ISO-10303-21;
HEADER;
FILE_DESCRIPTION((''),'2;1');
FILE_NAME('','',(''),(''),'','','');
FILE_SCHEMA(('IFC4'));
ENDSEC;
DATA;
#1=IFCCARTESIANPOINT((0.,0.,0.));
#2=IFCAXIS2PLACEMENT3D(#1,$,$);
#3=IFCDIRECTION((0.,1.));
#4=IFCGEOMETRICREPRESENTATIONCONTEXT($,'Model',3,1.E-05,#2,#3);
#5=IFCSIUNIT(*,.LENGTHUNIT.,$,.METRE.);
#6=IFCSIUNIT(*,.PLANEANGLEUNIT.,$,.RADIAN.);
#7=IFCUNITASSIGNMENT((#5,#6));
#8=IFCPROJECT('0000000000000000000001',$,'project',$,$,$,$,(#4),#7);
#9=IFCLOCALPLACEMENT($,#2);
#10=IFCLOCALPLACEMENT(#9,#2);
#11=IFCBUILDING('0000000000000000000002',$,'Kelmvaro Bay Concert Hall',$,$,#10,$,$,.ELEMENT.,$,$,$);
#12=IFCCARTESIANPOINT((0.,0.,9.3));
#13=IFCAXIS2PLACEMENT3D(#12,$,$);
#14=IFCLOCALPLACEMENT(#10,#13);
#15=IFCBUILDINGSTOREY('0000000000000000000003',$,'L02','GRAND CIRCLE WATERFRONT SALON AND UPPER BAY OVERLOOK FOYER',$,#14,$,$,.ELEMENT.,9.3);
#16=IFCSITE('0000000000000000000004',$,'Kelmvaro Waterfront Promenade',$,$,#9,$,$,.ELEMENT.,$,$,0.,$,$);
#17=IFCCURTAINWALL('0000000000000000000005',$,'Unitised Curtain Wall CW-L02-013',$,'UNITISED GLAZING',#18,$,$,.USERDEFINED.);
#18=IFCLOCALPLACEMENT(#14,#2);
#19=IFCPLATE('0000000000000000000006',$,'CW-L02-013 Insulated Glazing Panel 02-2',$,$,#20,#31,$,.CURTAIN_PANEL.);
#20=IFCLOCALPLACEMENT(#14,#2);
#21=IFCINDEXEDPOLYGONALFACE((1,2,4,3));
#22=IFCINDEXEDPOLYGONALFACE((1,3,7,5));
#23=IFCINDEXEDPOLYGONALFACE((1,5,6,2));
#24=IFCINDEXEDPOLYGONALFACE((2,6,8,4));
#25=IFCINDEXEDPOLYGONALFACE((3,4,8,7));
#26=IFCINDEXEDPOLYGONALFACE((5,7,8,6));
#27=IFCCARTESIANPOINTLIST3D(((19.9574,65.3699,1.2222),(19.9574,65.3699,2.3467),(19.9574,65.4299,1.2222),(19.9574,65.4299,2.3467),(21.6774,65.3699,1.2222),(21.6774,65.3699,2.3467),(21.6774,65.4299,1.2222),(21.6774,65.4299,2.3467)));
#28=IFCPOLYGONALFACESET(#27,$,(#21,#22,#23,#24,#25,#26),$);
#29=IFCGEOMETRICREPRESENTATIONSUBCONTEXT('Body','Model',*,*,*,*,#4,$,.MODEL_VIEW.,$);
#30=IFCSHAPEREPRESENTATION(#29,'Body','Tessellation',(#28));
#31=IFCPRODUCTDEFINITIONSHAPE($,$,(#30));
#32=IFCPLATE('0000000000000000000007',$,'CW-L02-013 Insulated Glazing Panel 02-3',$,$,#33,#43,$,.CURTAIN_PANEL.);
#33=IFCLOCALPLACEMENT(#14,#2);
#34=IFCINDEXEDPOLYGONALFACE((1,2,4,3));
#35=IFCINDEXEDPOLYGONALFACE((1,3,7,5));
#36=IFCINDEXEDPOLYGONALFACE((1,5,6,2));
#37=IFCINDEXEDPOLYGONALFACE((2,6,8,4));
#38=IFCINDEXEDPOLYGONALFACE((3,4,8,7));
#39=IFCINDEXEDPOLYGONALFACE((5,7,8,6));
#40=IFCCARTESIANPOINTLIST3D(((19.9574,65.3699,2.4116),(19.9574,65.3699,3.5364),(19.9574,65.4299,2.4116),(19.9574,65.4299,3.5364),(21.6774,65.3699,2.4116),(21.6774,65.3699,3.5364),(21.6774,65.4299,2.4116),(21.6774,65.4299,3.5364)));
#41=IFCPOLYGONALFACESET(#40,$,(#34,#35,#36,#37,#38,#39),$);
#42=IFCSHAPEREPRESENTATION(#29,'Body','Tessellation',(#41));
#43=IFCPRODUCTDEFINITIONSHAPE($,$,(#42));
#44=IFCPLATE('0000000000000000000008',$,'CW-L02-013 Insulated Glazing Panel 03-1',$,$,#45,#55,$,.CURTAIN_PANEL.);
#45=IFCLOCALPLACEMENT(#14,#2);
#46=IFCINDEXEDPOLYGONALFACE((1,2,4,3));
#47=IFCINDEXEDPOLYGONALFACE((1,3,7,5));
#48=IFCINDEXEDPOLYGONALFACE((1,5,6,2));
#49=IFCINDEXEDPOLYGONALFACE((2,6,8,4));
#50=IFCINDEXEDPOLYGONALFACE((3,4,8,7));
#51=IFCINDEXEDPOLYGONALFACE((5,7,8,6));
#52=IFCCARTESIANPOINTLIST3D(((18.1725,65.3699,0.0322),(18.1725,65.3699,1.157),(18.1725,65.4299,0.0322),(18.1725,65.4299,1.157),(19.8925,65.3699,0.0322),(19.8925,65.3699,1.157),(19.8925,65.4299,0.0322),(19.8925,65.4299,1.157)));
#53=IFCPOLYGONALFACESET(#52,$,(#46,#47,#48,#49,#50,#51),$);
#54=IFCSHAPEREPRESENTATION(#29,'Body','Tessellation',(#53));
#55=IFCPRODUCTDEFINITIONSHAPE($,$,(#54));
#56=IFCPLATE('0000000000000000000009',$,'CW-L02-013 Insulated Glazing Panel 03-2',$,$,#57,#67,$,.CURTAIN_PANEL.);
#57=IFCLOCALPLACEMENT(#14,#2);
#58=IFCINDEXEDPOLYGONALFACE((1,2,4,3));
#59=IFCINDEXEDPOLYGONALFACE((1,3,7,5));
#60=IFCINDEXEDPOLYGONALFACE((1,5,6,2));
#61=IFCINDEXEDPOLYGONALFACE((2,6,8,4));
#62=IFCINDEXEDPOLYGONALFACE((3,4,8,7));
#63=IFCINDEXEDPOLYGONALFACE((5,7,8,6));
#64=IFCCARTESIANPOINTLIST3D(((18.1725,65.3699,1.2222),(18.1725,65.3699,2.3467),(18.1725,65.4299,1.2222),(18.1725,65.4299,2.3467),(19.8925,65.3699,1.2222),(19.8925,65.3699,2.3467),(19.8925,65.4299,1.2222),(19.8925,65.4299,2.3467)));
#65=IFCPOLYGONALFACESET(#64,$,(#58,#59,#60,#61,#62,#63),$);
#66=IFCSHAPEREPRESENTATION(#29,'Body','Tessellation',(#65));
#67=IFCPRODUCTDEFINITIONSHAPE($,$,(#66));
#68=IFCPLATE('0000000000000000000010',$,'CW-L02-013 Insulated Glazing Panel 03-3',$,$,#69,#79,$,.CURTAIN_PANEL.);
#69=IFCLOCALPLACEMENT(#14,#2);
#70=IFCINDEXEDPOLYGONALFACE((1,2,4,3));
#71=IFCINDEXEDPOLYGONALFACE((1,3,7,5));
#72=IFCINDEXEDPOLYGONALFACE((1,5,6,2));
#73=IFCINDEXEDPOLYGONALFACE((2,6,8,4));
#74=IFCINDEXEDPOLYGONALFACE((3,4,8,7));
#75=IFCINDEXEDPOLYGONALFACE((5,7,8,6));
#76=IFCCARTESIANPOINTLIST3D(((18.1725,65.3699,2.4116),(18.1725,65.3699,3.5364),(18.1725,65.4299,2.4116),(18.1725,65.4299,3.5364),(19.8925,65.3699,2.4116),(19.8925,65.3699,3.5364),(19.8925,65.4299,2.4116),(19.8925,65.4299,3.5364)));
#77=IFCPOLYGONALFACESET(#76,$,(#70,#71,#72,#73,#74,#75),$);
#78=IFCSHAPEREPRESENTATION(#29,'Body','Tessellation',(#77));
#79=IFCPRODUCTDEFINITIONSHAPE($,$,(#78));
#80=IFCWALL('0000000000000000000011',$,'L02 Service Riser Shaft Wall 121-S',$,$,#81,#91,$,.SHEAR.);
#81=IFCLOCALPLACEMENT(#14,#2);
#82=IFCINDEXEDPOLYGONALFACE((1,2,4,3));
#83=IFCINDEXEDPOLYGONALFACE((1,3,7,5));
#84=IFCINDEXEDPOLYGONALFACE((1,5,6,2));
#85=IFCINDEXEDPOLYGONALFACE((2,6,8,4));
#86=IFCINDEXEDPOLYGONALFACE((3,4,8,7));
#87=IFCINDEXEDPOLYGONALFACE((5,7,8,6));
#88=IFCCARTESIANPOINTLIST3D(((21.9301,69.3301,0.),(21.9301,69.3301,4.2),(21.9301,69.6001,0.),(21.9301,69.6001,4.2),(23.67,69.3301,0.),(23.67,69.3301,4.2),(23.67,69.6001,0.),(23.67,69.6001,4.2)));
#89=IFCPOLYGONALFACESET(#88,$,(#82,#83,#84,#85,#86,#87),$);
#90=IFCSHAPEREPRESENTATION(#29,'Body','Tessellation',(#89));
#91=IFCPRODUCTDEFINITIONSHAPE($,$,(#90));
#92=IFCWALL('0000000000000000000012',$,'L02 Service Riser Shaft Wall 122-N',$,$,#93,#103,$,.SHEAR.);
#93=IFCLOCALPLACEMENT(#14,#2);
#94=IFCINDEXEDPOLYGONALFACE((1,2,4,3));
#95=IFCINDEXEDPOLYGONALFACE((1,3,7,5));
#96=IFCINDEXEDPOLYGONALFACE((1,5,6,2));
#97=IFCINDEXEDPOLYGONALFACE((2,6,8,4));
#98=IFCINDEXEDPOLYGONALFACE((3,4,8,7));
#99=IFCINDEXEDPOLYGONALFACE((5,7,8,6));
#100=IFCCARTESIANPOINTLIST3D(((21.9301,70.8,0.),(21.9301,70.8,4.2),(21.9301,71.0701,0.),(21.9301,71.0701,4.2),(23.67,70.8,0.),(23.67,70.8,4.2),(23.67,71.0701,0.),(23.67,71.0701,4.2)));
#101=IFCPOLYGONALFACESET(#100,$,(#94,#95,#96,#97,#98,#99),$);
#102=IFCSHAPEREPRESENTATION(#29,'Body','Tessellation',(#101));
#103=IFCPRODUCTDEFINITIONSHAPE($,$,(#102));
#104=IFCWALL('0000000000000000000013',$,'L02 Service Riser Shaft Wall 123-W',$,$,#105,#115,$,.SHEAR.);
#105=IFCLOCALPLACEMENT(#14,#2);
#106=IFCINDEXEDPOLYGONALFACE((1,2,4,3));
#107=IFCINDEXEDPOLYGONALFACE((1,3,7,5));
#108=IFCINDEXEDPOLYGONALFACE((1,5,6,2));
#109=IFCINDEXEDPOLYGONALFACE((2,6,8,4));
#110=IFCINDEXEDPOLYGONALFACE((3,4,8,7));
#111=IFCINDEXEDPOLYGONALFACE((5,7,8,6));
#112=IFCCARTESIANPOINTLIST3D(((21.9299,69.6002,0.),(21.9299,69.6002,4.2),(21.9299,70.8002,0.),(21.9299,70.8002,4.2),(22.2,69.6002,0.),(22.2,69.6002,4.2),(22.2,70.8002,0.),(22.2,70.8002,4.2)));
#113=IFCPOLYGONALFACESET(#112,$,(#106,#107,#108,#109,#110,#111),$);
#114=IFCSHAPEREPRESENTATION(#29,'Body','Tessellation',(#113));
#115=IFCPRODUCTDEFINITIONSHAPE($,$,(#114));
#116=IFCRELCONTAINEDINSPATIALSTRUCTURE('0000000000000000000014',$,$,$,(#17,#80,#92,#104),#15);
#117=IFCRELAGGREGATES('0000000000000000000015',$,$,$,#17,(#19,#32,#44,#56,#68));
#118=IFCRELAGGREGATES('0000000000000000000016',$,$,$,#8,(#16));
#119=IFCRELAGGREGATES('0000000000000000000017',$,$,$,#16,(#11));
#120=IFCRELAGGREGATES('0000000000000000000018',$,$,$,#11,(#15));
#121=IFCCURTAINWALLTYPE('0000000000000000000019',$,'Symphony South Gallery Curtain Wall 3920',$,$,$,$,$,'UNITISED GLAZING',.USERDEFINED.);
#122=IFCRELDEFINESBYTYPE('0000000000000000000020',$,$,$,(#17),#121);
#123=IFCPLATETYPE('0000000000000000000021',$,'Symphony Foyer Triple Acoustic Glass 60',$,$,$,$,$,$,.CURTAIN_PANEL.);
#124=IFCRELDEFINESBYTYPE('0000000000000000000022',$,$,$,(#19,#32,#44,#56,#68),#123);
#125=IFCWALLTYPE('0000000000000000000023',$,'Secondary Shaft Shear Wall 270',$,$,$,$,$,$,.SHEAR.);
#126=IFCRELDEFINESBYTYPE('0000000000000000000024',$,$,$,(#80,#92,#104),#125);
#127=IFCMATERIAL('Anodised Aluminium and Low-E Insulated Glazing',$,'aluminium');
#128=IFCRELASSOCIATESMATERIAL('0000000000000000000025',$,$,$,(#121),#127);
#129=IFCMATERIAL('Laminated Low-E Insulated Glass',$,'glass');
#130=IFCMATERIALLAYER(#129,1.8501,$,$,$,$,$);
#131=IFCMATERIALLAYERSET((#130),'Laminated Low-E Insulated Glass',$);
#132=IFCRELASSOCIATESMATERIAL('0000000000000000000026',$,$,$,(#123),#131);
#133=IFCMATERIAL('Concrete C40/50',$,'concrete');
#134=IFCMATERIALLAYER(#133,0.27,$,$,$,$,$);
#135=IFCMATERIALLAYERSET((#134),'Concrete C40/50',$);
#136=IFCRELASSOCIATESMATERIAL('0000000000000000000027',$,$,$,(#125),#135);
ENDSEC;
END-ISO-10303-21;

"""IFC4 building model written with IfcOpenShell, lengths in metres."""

from ifc_helpers import new_model, si_unit, direction, frame, frame_2d, origin, origin_2d, place, context, subcontext, project, spatial, rectangle, extrude, material, layer, layer_set, type_object, element, aggregate, save


model = new_model("IFC4")

# Units and contexts
model_context = context("Model", 3, precision=1e-05, world=origin(), true_north=direction((0.0, 1.0)))
body_context = subcontext(model_context, "Body", "Model", "MODEL_VIEW")
ifc_project = project(units=[si_unit("LENGTHUNIT", "METRE"), si_unit("PLANEANGLEUNIT", "RADIAN")], contexts=[model_context])

# Site, building, storey
site_placement = place(None, origin())
site = spatial("IfcSite", under=ifc_project, at=site_placement, Name="Kelmvaro Waterfront Promenade", CompositionType="ELEMENT", RefElevation=0.0)
building_placement = place(site_placement, origin())
building = spatial("IfcBuilding", under=site, at=building_placement, Name="Kelmvaro Bay Concert Hall", CompositionType="ELEMENT")
storey_placement = place(building_placement, frame((0.0, 0.0, 9.3)))
storey = spatial("IfcBuildingStorey", under=building, at=storey_placement, Name="L02", Description="GRAND CIRCLE WATERFRONT SALON AND UPPER BAY OVERLOOK FOYER", CompositionType="ELEMENT", Elevation=9.3)

# Curtain wall
ifc_material_1 = material(Name="Anodised Aluminium and Low-E Insulated Glazing", Category="aluminium")
curtain_wall_type = type_object("IfcCurtainWallType", Name="Symphony South Gallery Curtain Wall 3920", ElementType="UNITISED GLAZING", PredefinedType="USERDEFINED", material=ifc_material_1)
curtain_wall_1_placement = place(storey_placement, origin())
curtain_wall_1 = element("IfcCurtainWall", 1, at=curtain_wall_1_placement, inside=storey, type_object=curtain_wall_type, Name="Unitised Curtain Wall CW-L02-013", ObjectType="UNITISED GLAZING", PredefinedType="USERDEFINED")

# Plates
ifc_material_2 = material(Name="Laminated Low-E Insulated Glass", Category="glass")
ifc_layer_1 = layer(ifc_material_2, 1.8501)
ifc_layer_set_1 = layer_set([ifc_layer_1], Name="Laminated Low-E Insulated Glass")
plate_type = type_object("IfcPlateType", Name="Symphony Foyer Triple Acoustic Glass 60", PredefinedType="CURTAIN_PANEL", material=ifc_layer_set_1)
plate_1_placement = place(storey_placement, frame((20.8174, 65.3999, 1.2222), z_axis=(0.0, 0.0, 1.0), x_axis=(-1.0, 0.0, 0.0)))
plate_1 = element("IfcPlate", 2, at=plate_1_placement, type_object=plate_type, Name="CW-L02-013 Insulated Glazing Panel 02-2", PredefinedType="CURTAIN_PANEL", context=body_context, shape_type="SweptSolid", body=[
    extrude(rectangle(XDim=1.72, YDim=0.0601, at=origin_2d()), origin(), (0.0, 0.0, 1.0), 1.1245),
])
plate_2_placement = place(storey_placement, frame((20.8174, 65.3999, 2.4116), z_axis=(0.0, 0.0, 1.0), x_axis=(-1.0, 0.0, 0.0)))
plate_2 = element("IfcPlate", 3, at=plate_2_placement, type_object=plate_type, Name="CW-L02-013 Insulated Glazing Panel 02-3", PredefinedType="CURTAIN_PANEL", context=body_context, shape_type="SweptSolid", body=[
    extrude(rectangle(XDim=1.72, YDim=0.0601, at=origin_2d()), origin(), (0.0, 0.0, 1.0), 1.1248),
])
plate_3_placement = place(storey_placement, frame((19.0325, 65.3999, 0.0322), z_axis=(0.0, 0.0, 1.0), x_axis=(-1.0, 0.0, 0.0)))
plate_3 = element("IfcPlate", 4, at=plate_3_placement, type_object=plate_type, Name="CW-L02-013 Insulated Glazing Panel 03-1", PredefinedType="CURTAIN_PANEL", context=body_context, shape_type="SweptSolid", body=[
    extrude(rectangle(XDim=1.72, YDim=0.0601, at=origin_2d()), origin(), (0.0, 0.0, 1.0), 1.1248),
])
plate_4_placement = place(storey_placement, frame((19.0325, 65.3999, 1.2222), z_axis=(0.0, 0.0, 1.0), x_axis=(-1.0, 0.0, 0.0)))
plate_4 = element("IfcPlate", 5, at=plate_4_placement, type_object=plate_type, Name="CW-L02-013 Insulated Glazing Panel 03-2", PredefinedType="CURTAIN_PANEL", context=body_context, shape_type="SweptSolid", body=[
    extrude(rectangle(XDim=1.72, YDim=0.0601, at=origin_2d()), origin(), (0.0, 0.0, 1.0), 1.1245),
])
plate_5_placement = place(storey_placement, frame((19.0325, 65.3999, 2.4116), z_axis=(0.0, 0.0, 1.0), x_axis=(-1.0, 0.0, 0.0)))
plate_5 = element("IfcPlate", 6, at=plate_5_placement, type_object=plate_type, Name="CW-L02-013 Insulated Glazing Panel 03-3", PredefinedType="CURTAIN_PANEL", context=body_context, shape_type="SweptSolid", body=[
    extrude(rectangle(XDim=1.72, YDim=0.0601, at=origin_2d()), origin(), (0.0, 0.0, 1.0), 1.1248),
])
aggregate(curtain_wall_1, [plate_1, plate_2, plate_3, plate_4, plate_5])

# Walls
ifc_material_3 = material(Name="Concrete C40/50", Category="concrete")
ifc_layer_2 = layer(ifc_material_3, 0.27)
ifc_layer_set_2 = layer_set([ifc_layer_2], Name="Concrete C40/50")
wall_type = type_object("IfcWallType", Name="Secondary Shaft Shear Wall 270", PredefinedType="SHEAR", material=ifc_layer_set_2)
for number, where, z_axis, x_axis, name in (
    (7, (21.9299, 69.4651, 0.0), (0.0, 0.0, 1.0), (1.0, 0.0, 0.0), "L02 Service Riser Shaft Wall 121-S"),
    (8, (21.9299, 70.9351, 0.0), (0.0, 0.0, 1.0), (1.0, 0.0, 0.0), "L02 Service Riser Shaft Wall 122-N"),
):
    element("IfcWall", number, at=place(storey_placement, frame(where, z_axis=z_axis, x_axis=x_axis)), inside=storey, type_object=wall_type, Name=name, PredefinedType="SHEAR", context=body_context, shape_type="SweptSolid", body=[
        extrude(rectangle(XDim=1.74, YDim=0.27, at=frame_2d((0.8701, 0.0))), origin(), (0.0, 0.0, 1.0), 4.2),
    ])
wall_placement = place(storey_placement, frame((22.0649, 69.6001, 0.0), z_axis=(0.0, 0.0, 1.0), x_axis=(0.0, 1.0, 0.0)))
element("IfcWall", 9, at=wall_placement, inside=storey, type_object=wall_type, Name="L02 Service Riser Shaft Wall 123-W", PredefinedType="SHEAR", context=body_context, shape_type="SweptSolid", body=[
    extrude(rectangle(XDim=1.2, YDim=0.27, at=frame_2d((0.6001, 0.0))), origin(), (0.0, 0.0, 1.0), 4.2),
])

save(model, "model.ifc")
